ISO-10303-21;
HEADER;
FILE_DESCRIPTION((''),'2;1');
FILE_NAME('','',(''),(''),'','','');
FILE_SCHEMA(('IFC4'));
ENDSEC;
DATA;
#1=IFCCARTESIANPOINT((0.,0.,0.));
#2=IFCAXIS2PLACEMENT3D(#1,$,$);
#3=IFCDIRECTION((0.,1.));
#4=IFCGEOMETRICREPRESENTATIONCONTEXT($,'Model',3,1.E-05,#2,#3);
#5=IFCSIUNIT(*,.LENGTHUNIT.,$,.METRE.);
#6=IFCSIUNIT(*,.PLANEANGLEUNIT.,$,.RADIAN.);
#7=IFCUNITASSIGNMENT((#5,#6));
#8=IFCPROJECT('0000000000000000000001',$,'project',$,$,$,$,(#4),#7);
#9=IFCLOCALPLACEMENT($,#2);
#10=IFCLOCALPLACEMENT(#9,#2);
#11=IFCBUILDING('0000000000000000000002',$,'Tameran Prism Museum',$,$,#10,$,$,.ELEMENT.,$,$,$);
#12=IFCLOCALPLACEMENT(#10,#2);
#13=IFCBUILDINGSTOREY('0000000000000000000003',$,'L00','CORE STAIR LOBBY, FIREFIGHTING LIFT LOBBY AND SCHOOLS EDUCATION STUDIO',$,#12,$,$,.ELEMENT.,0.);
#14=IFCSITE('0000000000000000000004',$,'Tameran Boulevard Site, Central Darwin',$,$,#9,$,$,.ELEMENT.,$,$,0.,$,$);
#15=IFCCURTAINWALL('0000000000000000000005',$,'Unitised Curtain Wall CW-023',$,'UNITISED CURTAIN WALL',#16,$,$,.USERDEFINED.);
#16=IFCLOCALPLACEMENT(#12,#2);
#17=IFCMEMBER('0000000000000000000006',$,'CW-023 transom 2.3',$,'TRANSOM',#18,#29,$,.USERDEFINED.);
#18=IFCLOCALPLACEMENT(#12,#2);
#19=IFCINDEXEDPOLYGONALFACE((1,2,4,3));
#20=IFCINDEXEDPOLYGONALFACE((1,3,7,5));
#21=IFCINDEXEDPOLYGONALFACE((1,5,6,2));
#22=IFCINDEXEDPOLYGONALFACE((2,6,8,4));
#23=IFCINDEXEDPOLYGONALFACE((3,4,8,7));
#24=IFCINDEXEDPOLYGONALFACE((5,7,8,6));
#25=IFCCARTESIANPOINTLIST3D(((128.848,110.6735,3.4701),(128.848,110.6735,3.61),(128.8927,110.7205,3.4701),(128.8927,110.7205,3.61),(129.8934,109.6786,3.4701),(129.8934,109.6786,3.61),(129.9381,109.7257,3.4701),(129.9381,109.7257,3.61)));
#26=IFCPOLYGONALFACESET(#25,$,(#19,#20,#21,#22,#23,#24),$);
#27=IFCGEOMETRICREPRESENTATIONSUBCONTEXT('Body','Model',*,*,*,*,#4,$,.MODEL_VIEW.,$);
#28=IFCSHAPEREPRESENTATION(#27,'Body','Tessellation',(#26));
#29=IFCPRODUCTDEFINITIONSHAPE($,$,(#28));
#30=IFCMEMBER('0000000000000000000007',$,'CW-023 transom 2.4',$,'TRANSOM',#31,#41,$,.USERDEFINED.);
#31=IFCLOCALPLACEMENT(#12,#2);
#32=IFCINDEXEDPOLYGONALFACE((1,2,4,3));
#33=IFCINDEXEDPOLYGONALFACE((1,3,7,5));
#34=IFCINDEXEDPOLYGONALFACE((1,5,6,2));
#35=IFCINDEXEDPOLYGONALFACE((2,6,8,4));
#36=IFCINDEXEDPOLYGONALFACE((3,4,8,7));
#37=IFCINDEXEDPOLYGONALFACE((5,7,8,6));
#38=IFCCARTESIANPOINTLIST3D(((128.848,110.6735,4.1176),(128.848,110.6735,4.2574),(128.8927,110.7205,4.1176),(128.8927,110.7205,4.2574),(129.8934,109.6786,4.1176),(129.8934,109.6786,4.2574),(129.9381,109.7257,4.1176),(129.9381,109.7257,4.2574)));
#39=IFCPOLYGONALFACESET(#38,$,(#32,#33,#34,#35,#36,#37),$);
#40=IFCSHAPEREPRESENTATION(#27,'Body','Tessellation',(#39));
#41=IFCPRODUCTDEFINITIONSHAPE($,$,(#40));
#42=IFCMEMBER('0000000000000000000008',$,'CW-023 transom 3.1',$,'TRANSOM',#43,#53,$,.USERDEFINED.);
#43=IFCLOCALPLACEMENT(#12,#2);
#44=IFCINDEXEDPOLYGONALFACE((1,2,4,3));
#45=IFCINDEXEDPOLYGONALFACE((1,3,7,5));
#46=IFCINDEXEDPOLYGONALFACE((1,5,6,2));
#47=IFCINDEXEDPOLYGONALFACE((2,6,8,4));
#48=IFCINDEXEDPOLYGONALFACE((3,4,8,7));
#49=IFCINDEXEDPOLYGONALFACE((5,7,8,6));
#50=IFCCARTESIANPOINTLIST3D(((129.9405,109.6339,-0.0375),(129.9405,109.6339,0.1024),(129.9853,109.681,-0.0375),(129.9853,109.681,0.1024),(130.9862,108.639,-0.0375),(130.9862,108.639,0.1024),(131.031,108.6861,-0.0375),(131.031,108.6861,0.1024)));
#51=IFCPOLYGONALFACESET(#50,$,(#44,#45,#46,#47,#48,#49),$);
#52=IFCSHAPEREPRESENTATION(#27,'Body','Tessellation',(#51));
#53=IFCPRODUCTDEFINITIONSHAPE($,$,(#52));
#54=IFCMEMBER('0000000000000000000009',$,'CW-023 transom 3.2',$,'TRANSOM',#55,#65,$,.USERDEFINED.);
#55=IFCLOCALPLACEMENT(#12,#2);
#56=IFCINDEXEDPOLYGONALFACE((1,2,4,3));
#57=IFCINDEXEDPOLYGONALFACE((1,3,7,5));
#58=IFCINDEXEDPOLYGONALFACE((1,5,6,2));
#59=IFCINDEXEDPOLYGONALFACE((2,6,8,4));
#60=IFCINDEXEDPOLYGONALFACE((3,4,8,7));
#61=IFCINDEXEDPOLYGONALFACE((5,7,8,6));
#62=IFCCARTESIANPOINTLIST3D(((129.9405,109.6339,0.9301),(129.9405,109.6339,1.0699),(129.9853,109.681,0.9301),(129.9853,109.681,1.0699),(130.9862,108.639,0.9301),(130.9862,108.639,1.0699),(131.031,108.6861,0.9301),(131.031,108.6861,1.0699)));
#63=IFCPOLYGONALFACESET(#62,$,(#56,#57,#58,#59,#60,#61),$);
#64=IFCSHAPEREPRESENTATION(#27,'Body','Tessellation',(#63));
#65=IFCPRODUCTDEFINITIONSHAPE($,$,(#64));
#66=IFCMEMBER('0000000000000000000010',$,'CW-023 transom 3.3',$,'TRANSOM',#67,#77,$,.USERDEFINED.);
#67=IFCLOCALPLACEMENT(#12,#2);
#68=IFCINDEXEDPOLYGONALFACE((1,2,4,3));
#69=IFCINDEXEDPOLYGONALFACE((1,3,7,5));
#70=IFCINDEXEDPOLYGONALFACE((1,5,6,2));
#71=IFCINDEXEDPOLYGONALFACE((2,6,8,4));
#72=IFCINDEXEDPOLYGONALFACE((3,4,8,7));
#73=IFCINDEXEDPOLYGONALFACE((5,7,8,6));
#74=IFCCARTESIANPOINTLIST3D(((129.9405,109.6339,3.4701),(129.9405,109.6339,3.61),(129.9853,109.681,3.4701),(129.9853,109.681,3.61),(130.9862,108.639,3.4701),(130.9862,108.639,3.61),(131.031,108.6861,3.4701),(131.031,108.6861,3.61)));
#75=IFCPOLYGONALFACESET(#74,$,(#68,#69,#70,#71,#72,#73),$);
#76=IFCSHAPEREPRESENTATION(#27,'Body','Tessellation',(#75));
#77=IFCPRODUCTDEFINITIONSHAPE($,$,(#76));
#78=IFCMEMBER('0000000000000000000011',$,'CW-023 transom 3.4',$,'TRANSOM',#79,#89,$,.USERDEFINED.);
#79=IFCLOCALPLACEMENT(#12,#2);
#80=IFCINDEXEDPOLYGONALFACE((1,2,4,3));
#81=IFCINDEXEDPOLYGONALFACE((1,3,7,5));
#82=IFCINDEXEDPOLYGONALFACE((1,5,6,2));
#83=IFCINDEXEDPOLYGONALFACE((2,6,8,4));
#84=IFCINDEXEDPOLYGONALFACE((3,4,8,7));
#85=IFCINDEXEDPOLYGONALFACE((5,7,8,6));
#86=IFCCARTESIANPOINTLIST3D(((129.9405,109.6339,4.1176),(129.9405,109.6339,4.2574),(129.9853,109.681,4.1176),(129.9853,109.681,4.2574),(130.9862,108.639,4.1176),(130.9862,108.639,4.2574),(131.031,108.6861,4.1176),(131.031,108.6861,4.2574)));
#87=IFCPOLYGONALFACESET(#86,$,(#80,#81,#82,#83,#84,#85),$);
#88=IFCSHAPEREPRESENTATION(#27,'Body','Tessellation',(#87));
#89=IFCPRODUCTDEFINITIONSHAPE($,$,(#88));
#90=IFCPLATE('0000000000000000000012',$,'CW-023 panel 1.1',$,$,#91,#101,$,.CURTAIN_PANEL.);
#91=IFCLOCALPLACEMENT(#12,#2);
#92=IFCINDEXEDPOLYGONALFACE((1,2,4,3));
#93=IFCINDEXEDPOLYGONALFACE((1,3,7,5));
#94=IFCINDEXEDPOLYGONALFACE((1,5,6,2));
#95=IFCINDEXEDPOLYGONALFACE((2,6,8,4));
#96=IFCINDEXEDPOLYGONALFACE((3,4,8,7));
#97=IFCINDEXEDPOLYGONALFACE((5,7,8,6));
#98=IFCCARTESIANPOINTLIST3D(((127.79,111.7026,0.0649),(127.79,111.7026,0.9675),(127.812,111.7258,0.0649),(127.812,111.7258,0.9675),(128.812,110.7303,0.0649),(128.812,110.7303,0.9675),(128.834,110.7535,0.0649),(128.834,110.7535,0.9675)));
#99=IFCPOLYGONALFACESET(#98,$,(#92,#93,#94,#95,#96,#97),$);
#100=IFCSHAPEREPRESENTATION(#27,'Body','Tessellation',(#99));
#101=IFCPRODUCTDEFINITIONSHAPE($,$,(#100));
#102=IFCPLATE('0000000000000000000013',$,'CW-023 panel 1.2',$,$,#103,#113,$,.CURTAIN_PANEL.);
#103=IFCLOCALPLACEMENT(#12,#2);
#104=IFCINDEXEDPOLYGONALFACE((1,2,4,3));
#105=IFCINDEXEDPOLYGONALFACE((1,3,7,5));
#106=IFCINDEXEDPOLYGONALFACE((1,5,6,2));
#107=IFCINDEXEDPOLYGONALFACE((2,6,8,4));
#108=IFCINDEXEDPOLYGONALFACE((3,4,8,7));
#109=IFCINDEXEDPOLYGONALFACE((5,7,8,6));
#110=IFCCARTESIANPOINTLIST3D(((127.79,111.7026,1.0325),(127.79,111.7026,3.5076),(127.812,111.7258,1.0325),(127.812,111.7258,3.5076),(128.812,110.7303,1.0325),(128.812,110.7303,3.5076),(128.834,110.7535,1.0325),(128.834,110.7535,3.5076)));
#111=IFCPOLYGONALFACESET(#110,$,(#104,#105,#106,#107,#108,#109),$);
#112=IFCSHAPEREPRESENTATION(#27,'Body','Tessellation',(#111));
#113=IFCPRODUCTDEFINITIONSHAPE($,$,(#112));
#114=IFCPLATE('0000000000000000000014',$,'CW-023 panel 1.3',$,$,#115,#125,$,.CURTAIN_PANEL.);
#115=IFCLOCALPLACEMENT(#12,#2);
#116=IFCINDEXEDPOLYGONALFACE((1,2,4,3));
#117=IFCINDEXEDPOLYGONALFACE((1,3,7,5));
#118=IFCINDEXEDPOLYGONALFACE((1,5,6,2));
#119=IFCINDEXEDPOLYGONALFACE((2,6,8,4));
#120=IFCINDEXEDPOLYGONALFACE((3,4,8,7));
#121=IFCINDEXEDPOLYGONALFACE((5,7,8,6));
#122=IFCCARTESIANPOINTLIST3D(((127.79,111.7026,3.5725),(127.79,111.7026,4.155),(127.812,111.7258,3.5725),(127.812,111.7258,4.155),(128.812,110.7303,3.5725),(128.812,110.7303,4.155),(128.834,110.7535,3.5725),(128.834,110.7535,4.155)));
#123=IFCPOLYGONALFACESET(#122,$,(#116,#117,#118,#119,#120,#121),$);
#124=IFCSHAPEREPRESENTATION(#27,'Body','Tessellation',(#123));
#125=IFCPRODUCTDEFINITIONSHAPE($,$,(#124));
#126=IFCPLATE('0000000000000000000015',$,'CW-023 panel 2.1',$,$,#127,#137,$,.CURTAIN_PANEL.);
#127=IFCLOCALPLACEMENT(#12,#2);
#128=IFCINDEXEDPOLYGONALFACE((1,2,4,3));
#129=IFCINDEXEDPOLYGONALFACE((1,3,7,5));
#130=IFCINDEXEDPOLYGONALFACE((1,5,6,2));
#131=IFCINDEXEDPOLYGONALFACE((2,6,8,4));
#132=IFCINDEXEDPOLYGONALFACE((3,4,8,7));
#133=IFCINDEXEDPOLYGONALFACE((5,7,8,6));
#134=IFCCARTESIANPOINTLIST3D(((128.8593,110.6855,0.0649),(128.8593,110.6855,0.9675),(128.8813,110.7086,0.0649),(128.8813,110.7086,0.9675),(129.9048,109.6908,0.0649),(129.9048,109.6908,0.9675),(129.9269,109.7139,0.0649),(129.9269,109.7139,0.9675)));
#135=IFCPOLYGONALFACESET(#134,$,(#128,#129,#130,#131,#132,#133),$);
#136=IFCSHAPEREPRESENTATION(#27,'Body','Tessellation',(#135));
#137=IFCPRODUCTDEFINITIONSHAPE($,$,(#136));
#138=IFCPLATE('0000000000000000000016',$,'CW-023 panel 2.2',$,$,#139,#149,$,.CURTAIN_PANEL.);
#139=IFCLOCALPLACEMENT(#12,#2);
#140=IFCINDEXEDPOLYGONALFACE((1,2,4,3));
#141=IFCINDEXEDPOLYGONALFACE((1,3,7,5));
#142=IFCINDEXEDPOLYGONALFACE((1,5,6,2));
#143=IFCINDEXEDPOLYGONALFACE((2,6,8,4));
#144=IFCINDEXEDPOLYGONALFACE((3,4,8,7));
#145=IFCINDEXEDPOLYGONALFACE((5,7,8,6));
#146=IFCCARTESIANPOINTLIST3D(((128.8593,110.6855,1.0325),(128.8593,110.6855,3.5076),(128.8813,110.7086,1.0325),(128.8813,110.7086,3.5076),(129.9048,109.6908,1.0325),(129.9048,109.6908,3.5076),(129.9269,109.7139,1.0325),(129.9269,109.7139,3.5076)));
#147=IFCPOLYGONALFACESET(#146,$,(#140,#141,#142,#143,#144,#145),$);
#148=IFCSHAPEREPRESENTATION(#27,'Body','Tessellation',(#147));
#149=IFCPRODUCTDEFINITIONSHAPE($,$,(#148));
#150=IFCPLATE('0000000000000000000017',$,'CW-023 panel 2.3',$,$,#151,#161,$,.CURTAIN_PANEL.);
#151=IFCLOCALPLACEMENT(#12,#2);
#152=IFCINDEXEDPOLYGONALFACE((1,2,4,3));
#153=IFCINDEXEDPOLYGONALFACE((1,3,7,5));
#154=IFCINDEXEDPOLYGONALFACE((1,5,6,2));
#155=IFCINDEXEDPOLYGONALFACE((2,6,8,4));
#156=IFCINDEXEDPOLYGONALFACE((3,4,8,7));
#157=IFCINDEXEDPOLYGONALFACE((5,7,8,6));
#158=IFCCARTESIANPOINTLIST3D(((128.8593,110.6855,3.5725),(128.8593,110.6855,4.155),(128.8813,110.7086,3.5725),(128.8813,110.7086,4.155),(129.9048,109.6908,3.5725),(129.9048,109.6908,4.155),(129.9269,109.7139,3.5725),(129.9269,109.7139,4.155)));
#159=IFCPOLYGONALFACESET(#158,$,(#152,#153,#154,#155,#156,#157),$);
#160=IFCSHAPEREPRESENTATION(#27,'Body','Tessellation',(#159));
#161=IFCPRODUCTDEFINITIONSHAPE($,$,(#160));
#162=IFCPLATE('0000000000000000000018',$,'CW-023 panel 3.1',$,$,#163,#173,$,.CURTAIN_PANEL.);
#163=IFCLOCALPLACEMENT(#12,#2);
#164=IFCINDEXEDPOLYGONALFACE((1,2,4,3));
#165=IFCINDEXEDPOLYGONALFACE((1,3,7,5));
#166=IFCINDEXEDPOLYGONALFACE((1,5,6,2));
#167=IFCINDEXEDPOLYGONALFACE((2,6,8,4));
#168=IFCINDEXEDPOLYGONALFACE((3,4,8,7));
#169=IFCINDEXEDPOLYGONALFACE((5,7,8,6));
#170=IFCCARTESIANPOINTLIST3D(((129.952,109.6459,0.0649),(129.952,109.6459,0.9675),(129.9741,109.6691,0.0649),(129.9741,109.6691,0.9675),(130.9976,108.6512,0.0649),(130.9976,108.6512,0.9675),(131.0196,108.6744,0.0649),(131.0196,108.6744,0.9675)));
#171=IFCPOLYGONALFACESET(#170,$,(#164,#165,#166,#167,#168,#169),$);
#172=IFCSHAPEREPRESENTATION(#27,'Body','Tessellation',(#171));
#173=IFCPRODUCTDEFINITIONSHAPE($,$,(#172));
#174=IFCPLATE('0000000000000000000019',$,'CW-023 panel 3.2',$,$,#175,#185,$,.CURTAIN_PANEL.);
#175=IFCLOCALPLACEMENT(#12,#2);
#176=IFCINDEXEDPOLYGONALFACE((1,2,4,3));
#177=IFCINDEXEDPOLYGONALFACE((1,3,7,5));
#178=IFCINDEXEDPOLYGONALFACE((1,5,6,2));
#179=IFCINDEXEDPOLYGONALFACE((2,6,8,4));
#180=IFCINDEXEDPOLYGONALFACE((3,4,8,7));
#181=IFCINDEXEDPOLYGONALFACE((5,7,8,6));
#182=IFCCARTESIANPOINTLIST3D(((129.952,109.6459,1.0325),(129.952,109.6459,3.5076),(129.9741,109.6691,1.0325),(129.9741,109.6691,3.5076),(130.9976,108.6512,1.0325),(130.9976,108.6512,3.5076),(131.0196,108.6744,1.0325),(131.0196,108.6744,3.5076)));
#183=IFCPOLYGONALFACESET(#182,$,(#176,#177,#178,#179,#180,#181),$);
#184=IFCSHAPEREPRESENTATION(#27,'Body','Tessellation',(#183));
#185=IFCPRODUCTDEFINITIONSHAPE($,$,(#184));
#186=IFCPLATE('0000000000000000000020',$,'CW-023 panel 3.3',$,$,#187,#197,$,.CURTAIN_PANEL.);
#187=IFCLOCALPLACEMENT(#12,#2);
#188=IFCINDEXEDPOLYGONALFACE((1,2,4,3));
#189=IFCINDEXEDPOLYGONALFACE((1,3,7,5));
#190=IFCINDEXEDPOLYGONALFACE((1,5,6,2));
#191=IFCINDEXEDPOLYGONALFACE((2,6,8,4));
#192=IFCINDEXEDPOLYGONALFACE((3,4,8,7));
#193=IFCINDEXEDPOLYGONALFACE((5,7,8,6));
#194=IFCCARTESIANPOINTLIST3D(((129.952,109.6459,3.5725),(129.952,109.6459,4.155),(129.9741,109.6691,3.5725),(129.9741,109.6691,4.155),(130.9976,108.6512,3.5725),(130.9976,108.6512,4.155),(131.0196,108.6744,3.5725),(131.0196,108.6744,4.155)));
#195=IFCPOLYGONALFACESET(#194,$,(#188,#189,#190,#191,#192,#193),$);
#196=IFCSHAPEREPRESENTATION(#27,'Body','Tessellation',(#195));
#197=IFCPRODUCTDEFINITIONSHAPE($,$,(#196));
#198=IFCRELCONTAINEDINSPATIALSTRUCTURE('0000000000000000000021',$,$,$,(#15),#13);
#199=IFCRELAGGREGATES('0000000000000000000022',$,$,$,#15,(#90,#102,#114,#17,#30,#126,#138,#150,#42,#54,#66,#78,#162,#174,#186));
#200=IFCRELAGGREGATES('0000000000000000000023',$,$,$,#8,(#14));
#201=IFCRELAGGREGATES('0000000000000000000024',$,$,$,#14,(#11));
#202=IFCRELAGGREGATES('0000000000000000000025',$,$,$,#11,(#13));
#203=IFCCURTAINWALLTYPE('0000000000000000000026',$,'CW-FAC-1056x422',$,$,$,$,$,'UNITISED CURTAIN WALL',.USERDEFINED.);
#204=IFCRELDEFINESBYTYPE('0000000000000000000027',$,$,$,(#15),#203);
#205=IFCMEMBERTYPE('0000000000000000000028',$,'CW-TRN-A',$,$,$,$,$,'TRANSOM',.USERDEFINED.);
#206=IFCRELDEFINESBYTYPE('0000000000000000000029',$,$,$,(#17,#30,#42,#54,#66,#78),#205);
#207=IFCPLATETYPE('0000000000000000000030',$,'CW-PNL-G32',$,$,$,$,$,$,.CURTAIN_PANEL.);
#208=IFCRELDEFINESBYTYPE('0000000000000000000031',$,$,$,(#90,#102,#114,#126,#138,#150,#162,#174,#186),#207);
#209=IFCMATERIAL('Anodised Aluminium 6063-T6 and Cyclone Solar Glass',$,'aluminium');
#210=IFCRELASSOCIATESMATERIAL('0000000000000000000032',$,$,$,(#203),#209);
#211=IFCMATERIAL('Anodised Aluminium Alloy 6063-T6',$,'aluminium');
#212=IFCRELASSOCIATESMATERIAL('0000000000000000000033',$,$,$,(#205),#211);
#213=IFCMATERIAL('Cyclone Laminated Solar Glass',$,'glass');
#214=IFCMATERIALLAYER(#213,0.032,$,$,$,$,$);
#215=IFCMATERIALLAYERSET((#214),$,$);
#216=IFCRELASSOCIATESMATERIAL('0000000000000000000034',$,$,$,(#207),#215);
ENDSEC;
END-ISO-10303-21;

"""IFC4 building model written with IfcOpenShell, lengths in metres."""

from ifc_helpers import new_model, si_unit, direction, frame, origin, origin_2d, place, context, subcontext, project, spatial, rectangle, extrude, material, layer, layer_set, material_profile, profile_set, type_object, element, aggregate, save


model = new_model("IFC4")

# Units and contexts
model_context = context("Model", 3, precision=1e-05, world=origin(), true_north=direction((0.0, 1.0)))
body_context = subcontext(model_context, "Body", "Model", "MODEL_VIEW")
ifc_project = project(units=[si_unit("LENGTHUNIT", "METRE"), si_unit("PLANEANGLEUNIT", "RADIAN")], contexts=[model_context])

# Site, building, storey
site_placement = place(None, origin())
site = spatial("IfcSite", under=ifc_project, at=site_placement, Name="Tameran Boulevard Site, Central Darwin", CompositionType="ELEMENT", RefElevation=0.0)
building_placement = place(site_placement, origin())
building = spatial("IfcBuilding", under=site, at=building_placement, Name="Tameran Prism Museum", CompositionType="ELEMENT")
storey_placement = place(building_placement, origin())
storey = spatial("IfcBuildingStorey", under=building, at=storey_placement, Name="L00", Description="CORE STAIR LOBBY, FIREFIGHTING LIFT LOBBY AND SCHOOLS EDUCATION STUDIO", CompositionType="ELEMENT", Elevation=0.0)

# Curtain wall, members, plates
ifc_material_1 = material(Name="Anodised Aluminium 6063-T6 and Cyclone Solar Glass", Category="aluminium")
curtain_wall_type = type_object("IfcCurtainWallType", Name="CW-FAC-1056x422", ElementType="UNITISED CURTAIN WALL", PredefinedType="USERDEFINED", material=ifc_material_1)
curtain_wall_placement = place(storey_placement, origin())
curtain_wall = element("IfcCurtainWall", 1, at=curtain_wall_placement, inside=storey, type_object=curtain_wall_type, Name="Unitised Curtain Wall CW-023", ObjectType="UNITISED CURTAIN WALL", PredefinedType="USERDEFINED")
ifc_material_2 = material(Name="Anodised Aluminium Alloy 6063-T6", Category="aluminium")
ifc_material_profile_1 = material_profile(ifc_material_2, rectangle(XDim=0.0649, YDim=0.1399, at=origin_2d()))
ifc_profile_set_1 = profile_set([ifc_material_profile_1])
member_type_1 = type_object("IfcMemberType", Name="CW-TRN-A", ElementType="TRANSOM", PredefinedType="USERDEFINED", material=ifc_profile_set_1)
member_1_placement = place(storey_placement, frame((128.8704, 110.697, 3.54), z_axis=(0.724399, -0.689381, 0.0), x_axis=(0.689381, 0.724399, 0.0)))
member_1 = element("IfcMember", 2, at=member_1_placement, type_object=member_type_1, Name="CW-023 transom 2.3", ObjectType="TRANSOM", PredefinedType="USERDEFINED", context=body_context, shape_type="SweptSolid", body=[
    extrude(rectangle(XDim=0.0649, YDim=0.1399, at=origin_2d()), origin(), (0.0, 0.0, 1.0), 1.4431),
])
member_2_placement = place(storey_placement, frame((128.8704, 110.697, 4.1875), z_axis=(0.724399, -0.689381, 0.0), x_axis=(0.689381, 0.724399, 0.0)))
member_2 = element("IfcMember", 3, at=member_2_placement, type_object=member_type_1, Name="CW-023 transom 2.4", ObjectType="TRANSOM", PredefinedType="USERDEFINED", context=body_context, shape_type="SweptSolid", body=[
    extrude(rectangle(XDim=0.0649, YDim=0.1399, at=origin_2d()), origin(), (0.0, 0.0, 1.0), 1.4431),
])
member_3_placement = place(storey_placement, frame((129.9629, 109.6575, 0.0325), z_axis=(0.72448, -0.689296, 0.0), x_axis=(0.689296, 0.72448, 0.0)))
member_3 = element("IfcMember", 4, at=member_3_placement, type_object=member_type_1, Name="CW-023 transom 3.1", ObjectType="TRANSOM", PredefinedType="USERDEFINED", context=body_context, shape_type="SweptSolid", body=[
    extrude(rectangle(XDim=0.0649, YDim=0.1399, at=origin_2d()), origin(), (0.0, 0.0, 1.0), 1.4434),
])
member_4_placement = place(storey_placement, frame((129.9629, 109.6575, 1.0), z_axis=(0.72448, -0.689296, 0.0), x_axis=(0.689296, 0.72448, 0.0)))
member_4 = element("IfcMember", 5, at=member_4_placement, type_object=member_type_1, Name="CW-023 transom 3.2", ObjectType="TRANSOM", PredefinedType="USERDEFINED", context=body_context, shape_type="SweptSolid", body=[
    extrude(rectangle(XDim=0.0649, YDim=0.1399, at=origin_2d()), origin(), (0.0, 0.0, 1.0), 1.4434),
])
member_5_placement = place(storey_placement, frame((129.9629, 109.6575, 3.54), z_axis=(0.72448, -0.689296, 0.0), x_axis=(0.689296, 0.72448, 0.0)))
member_5 = element("IfcMember", 6, at=member_5_placement, type_object=member_type_1, Name="CW-023 transom 3.3", ObjectType="TRANSOM", PredefinedType="USERDEFINED", context=body_context, shape_type="SweptSolid", body=[
    extrude(rectangle(XDim=0.0649, YDim=0.1399, at=origin_2d()), origin(), (0.0, 0.0, 1.0), 1.4434),
])
member_6_placement = place(storey_placement, frame((129.9629, 109.6575, 4.1875), z_axis=(0.72448, -0.689296, 0.0), x_axis=(0.689296, 0.72448, 0.0)))
member_6 = element("IfcMember", 7, at=member_6_placement, type_object=member_type_1, Name="CW-023 transom 3.4", ObjectType="TRANSOM", PredefinedType="USERDEFINED", context=body_context, shape_type="SweptSolid", body=[
    extrude(rectangle(XDim=0.0649, YDim=0.1399, at=origin_2d()), origin(), (0.0, 0.0, 1.0), 1.4434),
])
ifc_material_3 = material(Name="Cyclone Laminated Solar Glass", Category="glass")
ifc_layer_1 = layer(ifc_material_3, 0.032)
ifc_layer_set_1 = layer_set([ifc_layer_1])
plate_type = type_object("IfcPlateType", Name="CW-PNL-G32", PredefinedType="CURTAIN_PANEL", material=ifc_layer_set_1)
plate_1_placement = place(storey_placement, frame((128.312, 111.228, 0.0649), z_axis=(0.0, 0.0, 1.0), x_axis=(0.724505, -0.68927, 0.0)))
plate_1 = element("IfcPlate", 8, at=plate_1_placement, type_object=plate_type, Name="CW-023 panel 1.1", PredefinedType="CURTAIN_PANEL", context=body_context, shape_type="SweptSolid", body=[
    extrude(rectangle(XDim=1.4106, YDim=0.032, at=origin_2d()), origin(), (0.0, 0.0, 1.0), 0.9026),
])
plate_2_placement = place(storey_placement, frame((128.312, 111.228, 1.0325), z_axis=(0.0, 0.0, 1.0), x_axis=(0.724505, -0.68927, 0.0)))
plate_2 = element("IfcPlate", 9, at=plate_2_placement, type_object=plate_type, Name="CW-023 panel 1.2", PredefinedType="CURTAIN_PANEL", context=body_context, shape_type="SweptSolid", body=[
    extrude(rectangle(XDim=1.4106, YDim=0.032, at=origin_2d()), origin(), (0.0, 0.0, 1.0), 2.4751),
])
plate_3_placement = place(storey_placement, frame((128.312, 111.228, 3.5725), z_axis=(0.0, 0.0, 1.0), x_axis=(0.724505, -0.68927, 0.0)))
plate_3 = element("IfcPlate", 10, at=plate_3_placement, type_object=plate_type, Name="CW-023 panel 1.3", PredefinedType="CURTAIN_PANEL", context=body_context, shape_type="SweptSolid", body=[
    extrude(rectangle(XDim=1.4106, YDim=0.032, at=origin_2d()), origin(), (0.0, 0.0, 1.0), 0.5825),
])
plate_4_placement = place(storey_placement, frame((129.3931, 110.1997, 0.0649), z_axis=(0.0, 0.0, 1.0), x_axis=(0.724505, -0.68927, 0.0)))
plate_4 = element("IfcPlate", 11, at=plate_4_placement, type_object=plate_type, Name="CW-023 panel 2.1", PredefinedType="CURTAIN_PANEL", context=body_context, shape_type="SweptSolid", body=[
    extrude(rectangle(XDim=1.4431, YDim=0.032, at=origin_2d()), origin(), (0.0, 0.0, 1.0), 0.9026),
])
plate_5_placement = place(storey_placement, frame((129.3931, 110.1997, 1.0325), z_axis=(0.0, 0.0, 1.0), x_axis=(0.724505, -0.68927, 0.0)))
plate_5 = element("IfcPlate", 12, at=plate_5_placement, type_object=plate_type, Name="CW-023 panel 2.2", PredefinedType="CURTAIN_PANEL", context=body_context, shape_type="SweptSolid", body=[
    extrude(rectangle(XDim=1.4431, YDim=0.032, at=origin_2d()), origin(), (0.0, 0.0, 1.0), 2.4751),
])
plate_6_placement = place(storey_placement, frame((129.3931, 110.1997, 3.5725), z_axis=(0.0, 0.0, 1.0), x_axis=(0.724505, -0.68927, 0.0)))
plate_6 = element("IfcPlate", 13, at=plate_6_placement, type_object=plate_type, Name="CW-023 panel 2.3", PredefinedType="CURTAIN_PANEL", context=body_context, shape_type="SweptSolid", body=[
    extrude(rectangle(XDim=1.4431, YDim=0.032, at=origin_2d()), origin(), (0.0, 0.0, 1.0), 0.5825),
])
plate_7_placement = place(storey_placement, frame((130.4858, 109.1602, 0.0649), z_axis=(0.0, 0.0, 1.0), x_axis=(0.724505, -0.68927, 0.0)))
plate_7 = element("IfcPlate", 14, at=plate_7_placement, type_object=plate_type, Name="CW-023 panel 3.1", PredefinedType="CURTAIN_PANEL", context=body_context, shape_type="SweptSolid", body=[
    extrude(rectangle(XDim=1.4431, YDim=0.032, at=origin_2d()), origin(), (0.0, 0.0, 1.0), 0.9026),
])
plate_8_placement = place(storey_placement, frame((130.4858, 109.1602, 1.0325), z_axis=(0.0, 0.0, 1.0), x_axis=(0.724505, -0.68927, 0.0)))
plate_8 = element("IfcPlate", 15, at=plate_8_placement, type_object=plate_type, Name="CW-023 panel 3.2", PredefinedType="CURTAIN_PANEL", context=body_context, shape_type="SweptSolid", body=[
    extrude(rectangle(XDim=1.4431, YDim=0.032, at=origin_2d()), origin(), (0.0, 0.0, 1.0), 2.4751),
])
plate_9_placement = place(storey_placement, frame((130.4858, 109.1602, 3.5725), z_axis=(0.0, 0.0, 1.0), x_axis=(0.724505, -0.68927, 0.0)))
plate_9 = element("IfcPlate", 16, at=plate_9_placement, type_object=plate_type, Name="CW-023 panel 3.3", PredefinedType="CURTAIN_PANEL", context=body_context, shape_type="SweptSolid", body=[
    extrude(rectangle(XDim=1.4431, YDim=0.032, at=origin_2d()), origin(), (0.0, 0.0, 1.0), 0.5825),
])
aggregate(curtain_wall, [plate_1, plate_2, plate_3, member_1, member_2, plate_4, plate_5, plate_6, member_3, member_4, member_5, member_6, plate_7, plate_8, plate_9])

save(model, "model.ifc")
